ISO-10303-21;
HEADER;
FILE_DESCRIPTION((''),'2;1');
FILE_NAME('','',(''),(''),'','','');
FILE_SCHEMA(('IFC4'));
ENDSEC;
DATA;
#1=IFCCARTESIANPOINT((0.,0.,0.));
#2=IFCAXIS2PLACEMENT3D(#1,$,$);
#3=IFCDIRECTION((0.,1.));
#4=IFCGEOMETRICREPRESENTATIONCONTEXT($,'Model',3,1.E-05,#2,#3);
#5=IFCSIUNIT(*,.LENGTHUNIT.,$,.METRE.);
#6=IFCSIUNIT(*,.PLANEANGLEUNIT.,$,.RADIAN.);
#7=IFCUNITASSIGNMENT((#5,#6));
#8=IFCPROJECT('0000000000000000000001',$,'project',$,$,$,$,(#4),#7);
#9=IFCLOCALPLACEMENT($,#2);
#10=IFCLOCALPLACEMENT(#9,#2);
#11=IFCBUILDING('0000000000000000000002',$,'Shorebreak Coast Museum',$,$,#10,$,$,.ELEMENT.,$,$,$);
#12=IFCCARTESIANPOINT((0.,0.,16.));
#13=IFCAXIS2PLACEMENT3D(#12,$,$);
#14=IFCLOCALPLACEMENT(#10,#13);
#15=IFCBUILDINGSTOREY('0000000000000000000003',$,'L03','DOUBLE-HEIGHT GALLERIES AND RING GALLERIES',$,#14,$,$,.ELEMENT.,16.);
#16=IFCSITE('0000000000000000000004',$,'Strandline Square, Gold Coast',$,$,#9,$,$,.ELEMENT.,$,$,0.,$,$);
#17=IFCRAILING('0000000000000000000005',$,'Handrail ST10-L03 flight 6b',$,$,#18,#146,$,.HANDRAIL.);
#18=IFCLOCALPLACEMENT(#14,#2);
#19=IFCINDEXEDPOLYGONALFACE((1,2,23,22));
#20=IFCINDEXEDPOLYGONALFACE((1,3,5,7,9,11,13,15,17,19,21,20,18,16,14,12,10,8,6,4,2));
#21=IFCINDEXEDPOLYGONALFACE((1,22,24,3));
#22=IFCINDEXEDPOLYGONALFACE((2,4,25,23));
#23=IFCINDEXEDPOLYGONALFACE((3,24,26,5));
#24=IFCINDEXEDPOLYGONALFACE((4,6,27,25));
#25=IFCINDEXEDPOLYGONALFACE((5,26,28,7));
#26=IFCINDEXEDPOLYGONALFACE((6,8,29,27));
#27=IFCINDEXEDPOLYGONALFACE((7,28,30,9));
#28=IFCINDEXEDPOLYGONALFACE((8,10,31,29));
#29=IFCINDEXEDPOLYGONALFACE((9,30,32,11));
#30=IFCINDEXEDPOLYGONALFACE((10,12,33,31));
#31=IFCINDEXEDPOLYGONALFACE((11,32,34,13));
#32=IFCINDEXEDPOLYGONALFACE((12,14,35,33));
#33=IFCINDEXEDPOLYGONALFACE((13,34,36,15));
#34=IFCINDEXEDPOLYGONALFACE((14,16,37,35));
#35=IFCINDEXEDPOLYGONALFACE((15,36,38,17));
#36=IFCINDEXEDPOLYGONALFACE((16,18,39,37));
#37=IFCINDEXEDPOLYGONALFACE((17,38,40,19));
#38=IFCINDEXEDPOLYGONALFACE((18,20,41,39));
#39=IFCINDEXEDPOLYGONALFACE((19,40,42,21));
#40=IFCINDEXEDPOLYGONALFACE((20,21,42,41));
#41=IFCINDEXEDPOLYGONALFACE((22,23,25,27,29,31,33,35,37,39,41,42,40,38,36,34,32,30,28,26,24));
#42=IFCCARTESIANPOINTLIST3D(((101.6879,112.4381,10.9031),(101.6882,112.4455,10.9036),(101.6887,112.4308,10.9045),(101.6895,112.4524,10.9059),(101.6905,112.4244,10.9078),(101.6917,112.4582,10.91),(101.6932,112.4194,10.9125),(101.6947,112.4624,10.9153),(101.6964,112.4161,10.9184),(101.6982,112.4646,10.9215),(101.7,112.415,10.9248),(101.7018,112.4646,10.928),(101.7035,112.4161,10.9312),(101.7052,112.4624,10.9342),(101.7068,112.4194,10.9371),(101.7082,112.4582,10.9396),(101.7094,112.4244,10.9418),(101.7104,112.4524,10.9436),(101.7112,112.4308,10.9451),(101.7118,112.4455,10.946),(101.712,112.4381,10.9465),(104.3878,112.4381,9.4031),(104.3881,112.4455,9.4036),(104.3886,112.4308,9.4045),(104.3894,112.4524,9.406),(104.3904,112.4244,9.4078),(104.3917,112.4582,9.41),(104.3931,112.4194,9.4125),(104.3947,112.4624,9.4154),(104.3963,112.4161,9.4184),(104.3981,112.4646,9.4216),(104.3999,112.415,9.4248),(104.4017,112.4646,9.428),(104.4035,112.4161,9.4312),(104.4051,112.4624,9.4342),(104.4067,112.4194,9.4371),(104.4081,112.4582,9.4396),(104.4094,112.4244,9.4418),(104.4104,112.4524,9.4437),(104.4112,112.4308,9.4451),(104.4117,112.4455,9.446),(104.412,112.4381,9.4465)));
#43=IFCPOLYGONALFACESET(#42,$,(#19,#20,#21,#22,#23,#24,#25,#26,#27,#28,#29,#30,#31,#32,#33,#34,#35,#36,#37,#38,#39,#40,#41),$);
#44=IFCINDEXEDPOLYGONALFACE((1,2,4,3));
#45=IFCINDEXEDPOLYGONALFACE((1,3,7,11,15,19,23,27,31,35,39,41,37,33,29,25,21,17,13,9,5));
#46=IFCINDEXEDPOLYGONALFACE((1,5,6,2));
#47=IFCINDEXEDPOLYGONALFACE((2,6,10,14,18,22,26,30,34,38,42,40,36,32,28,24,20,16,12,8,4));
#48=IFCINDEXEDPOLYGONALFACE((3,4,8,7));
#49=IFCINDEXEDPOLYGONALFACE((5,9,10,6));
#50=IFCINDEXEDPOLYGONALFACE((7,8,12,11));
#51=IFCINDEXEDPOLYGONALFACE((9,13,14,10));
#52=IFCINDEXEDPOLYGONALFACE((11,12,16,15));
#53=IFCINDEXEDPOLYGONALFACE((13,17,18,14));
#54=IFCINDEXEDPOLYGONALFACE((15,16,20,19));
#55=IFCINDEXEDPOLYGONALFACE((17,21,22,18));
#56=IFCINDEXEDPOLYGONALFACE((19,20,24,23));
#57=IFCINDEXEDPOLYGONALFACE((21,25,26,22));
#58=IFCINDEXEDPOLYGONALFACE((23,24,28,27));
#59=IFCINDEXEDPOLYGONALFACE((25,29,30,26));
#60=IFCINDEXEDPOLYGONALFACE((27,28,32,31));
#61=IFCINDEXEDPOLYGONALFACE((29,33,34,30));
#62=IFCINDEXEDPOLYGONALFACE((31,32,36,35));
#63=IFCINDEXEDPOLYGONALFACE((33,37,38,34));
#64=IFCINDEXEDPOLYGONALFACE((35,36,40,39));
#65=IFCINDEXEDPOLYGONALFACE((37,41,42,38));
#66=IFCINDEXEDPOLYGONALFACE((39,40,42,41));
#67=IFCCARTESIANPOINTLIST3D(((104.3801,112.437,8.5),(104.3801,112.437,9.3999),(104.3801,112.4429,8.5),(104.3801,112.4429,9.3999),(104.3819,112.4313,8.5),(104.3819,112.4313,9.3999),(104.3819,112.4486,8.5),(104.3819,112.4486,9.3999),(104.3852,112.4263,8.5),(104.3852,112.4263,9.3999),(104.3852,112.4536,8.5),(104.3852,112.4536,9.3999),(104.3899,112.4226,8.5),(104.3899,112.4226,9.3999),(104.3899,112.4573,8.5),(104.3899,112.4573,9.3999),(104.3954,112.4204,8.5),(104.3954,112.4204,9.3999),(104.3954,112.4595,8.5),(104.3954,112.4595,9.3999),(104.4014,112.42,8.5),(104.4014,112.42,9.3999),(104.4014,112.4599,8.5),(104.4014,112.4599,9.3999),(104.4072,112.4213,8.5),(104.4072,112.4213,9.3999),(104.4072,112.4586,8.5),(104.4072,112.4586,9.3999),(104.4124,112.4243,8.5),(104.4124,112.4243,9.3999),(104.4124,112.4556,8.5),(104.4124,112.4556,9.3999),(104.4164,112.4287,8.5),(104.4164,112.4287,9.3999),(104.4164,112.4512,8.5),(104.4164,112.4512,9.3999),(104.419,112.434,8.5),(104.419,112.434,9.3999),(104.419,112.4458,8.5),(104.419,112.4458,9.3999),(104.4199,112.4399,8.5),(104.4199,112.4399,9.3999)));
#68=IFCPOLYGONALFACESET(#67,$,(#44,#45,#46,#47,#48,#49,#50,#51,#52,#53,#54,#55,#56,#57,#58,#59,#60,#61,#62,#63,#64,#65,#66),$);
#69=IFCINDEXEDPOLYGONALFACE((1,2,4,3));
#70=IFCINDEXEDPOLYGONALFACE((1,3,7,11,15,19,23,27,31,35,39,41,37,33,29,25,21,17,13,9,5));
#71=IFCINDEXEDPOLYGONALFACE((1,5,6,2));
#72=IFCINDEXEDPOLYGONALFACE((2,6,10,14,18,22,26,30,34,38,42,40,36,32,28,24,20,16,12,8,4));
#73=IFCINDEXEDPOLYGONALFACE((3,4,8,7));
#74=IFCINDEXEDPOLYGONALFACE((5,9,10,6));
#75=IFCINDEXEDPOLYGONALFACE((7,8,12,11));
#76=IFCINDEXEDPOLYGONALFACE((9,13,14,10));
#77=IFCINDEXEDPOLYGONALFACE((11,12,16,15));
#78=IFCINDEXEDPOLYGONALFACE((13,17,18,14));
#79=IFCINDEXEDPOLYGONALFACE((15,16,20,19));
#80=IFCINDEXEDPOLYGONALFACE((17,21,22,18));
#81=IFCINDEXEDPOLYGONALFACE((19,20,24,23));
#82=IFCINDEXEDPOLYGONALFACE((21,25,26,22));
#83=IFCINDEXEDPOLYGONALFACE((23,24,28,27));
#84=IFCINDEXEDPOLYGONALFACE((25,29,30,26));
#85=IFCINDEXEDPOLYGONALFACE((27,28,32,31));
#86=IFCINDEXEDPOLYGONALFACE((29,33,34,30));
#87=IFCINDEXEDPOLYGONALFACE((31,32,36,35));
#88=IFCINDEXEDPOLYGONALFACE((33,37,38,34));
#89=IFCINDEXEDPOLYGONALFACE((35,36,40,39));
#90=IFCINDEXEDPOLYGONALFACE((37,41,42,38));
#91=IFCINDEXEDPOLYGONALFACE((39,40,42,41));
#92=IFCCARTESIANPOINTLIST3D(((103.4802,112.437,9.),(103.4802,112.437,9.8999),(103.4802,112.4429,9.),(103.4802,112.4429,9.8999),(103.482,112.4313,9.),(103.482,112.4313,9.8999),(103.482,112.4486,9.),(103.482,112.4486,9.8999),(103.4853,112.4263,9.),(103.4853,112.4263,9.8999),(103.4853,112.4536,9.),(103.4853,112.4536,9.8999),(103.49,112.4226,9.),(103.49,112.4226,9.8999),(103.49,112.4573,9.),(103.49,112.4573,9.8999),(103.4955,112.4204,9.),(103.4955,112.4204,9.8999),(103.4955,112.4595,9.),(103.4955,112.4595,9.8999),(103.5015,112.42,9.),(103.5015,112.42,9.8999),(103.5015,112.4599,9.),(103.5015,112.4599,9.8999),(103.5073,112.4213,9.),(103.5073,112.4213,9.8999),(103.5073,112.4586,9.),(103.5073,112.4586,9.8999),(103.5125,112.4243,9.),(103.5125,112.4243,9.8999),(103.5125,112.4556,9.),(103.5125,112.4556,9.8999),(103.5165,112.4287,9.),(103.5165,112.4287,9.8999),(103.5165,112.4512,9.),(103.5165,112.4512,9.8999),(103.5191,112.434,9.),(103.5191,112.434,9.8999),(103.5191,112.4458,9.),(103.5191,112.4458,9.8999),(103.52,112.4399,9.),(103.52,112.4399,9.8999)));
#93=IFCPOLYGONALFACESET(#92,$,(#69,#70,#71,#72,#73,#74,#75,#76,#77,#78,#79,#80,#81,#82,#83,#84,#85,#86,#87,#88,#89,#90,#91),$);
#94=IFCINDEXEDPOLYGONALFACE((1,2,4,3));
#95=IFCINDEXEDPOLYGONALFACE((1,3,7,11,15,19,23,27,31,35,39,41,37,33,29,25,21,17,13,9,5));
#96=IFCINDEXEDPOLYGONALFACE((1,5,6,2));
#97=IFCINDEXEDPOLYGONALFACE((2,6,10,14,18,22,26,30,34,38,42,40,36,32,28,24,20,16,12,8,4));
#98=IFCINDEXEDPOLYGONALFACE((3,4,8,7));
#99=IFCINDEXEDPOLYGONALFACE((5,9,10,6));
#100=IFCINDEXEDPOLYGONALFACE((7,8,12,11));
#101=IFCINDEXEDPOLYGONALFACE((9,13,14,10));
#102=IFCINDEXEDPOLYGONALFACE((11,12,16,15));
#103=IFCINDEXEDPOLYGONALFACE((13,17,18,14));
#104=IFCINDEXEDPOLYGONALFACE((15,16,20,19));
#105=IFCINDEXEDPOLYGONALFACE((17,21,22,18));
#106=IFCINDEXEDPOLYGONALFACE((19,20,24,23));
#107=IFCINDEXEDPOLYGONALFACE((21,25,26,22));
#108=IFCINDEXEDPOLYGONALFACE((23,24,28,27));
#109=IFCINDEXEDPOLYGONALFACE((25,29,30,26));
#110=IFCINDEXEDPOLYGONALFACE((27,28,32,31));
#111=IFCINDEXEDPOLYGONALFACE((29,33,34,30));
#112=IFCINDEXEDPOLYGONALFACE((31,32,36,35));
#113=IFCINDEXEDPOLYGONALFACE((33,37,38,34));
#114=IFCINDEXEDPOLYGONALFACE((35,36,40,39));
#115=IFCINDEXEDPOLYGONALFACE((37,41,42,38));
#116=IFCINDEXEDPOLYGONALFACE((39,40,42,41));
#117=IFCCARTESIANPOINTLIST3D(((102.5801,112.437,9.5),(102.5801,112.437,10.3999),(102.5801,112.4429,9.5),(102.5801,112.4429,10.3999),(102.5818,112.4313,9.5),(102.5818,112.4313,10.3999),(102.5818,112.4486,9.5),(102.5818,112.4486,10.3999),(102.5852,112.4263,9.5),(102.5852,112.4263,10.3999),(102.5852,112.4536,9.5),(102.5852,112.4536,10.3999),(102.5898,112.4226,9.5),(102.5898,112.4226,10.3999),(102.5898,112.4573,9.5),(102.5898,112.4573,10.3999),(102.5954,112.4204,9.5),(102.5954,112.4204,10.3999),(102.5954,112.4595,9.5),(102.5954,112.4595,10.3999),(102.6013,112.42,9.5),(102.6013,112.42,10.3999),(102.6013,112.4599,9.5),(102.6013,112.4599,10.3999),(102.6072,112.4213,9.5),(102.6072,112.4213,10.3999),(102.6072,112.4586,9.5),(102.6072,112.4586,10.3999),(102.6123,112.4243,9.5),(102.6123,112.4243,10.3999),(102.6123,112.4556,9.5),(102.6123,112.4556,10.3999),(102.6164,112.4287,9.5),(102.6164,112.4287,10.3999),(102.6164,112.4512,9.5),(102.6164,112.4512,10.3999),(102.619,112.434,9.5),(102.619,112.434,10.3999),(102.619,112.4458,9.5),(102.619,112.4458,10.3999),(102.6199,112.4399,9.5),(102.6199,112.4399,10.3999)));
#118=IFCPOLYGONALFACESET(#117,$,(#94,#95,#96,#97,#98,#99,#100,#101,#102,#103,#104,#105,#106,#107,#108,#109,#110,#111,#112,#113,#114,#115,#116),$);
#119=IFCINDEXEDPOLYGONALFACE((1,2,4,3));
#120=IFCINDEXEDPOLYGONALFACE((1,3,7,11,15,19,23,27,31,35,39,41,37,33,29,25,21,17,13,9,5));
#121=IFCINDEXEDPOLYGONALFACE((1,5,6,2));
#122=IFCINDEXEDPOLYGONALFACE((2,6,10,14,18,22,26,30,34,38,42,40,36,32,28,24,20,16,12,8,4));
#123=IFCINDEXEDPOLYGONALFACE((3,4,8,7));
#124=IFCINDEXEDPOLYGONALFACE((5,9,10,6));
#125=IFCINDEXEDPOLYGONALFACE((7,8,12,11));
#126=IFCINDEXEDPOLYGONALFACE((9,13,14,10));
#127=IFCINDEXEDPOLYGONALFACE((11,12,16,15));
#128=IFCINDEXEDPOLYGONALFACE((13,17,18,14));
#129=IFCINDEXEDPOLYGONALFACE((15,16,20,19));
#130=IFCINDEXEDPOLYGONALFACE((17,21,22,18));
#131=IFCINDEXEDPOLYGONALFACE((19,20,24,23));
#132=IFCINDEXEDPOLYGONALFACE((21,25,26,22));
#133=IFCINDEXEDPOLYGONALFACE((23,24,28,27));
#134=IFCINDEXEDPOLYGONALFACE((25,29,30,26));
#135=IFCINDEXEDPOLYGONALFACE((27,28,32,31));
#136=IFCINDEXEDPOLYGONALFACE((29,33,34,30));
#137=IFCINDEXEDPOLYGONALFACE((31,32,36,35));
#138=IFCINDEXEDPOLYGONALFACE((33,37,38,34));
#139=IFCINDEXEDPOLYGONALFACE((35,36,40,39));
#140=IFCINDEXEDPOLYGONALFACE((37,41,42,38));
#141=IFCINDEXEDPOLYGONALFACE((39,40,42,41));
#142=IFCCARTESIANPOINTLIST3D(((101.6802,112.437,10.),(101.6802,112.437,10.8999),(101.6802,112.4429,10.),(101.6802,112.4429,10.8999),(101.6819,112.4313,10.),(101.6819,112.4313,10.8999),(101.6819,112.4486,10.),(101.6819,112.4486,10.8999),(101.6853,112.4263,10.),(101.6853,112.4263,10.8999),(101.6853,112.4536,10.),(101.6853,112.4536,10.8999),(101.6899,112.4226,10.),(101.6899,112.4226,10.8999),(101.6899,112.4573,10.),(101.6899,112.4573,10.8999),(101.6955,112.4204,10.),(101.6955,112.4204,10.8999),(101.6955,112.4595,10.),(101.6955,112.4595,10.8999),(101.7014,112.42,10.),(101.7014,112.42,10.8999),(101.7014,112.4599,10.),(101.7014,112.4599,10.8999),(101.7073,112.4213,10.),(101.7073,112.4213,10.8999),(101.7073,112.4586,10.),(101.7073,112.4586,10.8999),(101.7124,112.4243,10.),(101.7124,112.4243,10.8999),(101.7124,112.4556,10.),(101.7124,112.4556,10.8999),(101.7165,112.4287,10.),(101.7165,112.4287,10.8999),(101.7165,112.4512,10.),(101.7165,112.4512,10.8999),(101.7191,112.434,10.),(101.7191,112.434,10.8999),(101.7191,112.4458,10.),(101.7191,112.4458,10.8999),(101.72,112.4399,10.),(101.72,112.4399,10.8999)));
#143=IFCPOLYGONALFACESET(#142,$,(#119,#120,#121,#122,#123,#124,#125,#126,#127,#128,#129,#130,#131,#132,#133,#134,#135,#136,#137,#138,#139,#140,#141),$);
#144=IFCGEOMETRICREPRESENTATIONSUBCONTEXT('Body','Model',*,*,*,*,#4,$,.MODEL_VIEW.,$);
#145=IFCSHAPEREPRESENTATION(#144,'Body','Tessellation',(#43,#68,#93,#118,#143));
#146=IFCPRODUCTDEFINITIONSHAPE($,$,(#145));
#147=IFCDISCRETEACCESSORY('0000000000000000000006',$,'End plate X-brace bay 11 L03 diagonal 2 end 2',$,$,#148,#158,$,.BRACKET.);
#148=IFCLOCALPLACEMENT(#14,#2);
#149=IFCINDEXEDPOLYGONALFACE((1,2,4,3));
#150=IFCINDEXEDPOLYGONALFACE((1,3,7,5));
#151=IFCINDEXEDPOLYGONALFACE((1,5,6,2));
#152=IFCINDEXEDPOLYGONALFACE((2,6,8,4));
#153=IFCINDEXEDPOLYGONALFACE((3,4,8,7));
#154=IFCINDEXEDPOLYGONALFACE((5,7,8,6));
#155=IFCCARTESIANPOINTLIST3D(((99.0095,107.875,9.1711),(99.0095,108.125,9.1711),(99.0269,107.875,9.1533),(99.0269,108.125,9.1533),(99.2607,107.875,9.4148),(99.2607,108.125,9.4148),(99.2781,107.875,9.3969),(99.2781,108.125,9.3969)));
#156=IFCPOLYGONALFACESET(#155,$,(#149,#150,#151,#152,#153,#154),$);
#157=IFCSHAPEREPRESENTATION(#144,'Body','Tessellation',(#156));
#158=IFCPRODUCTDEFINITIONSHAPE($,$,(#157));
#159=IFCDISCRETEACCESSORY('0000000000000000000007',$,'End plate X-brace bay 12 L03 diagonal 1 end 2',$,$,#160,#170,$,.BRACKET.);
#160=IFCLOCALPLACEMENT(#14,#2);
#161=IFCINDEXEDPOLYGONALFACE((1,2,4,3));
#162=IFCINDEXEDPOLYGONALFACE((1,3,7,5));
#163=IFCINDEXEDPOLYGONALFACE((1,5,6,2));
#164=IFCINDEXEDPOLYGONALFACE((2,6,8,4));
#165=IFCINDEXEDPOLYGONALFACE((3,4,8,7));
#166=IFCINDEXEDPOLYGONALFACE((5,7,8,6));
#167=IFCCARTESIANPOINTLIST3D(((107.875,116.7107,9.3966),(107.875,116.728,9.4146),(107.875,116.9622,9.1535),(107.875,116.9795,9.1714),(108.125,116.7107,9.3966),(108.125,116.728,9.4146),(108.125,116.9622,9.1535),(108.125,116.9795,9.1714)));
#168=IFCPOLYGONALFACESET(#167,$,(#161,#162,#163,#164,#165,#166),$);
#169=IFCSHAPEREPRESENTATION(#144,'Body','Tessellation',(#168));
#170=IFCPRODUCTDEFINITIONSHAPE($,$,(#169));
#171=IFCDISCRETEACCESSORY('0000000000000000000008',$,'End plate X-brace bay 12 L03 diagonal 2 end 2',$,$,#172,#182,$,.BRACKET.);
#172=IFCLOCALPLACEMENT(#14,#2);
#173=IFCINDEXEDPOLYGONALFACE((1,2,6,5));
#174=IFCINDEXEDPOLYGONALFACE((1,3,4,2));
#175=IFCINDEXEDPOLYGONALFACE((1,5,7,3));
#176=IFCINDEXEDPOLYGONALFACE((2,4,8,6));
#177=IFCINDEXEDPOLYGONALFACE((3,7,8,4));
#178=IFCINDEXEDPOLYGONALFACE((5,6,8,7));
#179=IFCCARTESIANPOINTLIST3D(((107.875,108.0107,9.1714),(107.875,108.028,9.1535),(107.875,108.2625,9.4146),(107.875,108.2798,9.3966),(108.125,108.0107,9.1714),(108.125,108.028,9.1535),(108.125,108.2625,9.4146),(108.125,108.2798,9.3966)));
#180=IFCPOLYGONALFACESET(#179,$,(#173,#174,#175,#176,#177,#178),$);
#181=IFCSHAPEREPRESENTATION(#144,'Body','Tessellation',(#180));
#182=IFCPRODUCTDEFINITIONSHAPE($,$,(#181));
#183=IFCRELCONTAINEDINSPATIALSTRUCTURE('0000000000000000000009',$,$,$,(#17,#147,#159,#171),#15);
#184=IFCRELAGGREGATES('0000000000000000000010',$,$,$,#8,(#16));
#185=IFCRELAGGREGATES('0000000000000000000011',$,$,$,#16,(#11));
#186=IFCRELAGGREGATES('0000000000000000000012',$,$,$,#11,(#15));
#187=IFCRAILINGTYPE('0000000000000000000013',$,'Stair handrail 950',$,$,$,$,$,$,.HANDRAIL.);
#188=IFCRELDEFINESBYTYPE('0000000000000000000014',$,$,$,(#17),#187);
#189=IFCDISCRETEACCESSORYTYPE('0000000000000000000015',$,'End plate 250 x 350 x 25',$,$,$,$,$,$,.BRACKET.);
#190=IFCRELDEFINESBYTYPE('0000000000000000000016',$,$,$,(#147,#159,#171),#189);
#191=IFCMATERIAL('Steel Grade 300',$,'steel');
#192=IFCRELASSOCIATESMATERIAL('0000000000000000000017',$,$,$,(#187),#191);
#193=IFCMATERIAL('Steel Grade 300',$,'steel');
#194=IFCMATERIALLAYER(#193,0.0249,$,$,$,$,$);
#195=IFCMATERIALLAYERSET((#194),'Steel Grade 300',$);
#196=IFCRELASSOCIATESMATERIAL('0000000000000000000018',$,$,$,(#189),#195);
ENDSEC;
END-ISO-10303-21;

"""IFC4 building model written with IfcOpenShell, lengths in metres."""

from ifc_helpers import new_model, si_unit, direction, frame, origin, origin_2d, place, context, subcontext, project, spatial, polyline, circle, outline, extrude, material, layer, layer_set, type_object, element, save


model = new_model("IFC4")

# Units and contexts
model_context = context("Model", 3, precision=1e-05, world=origin(), true_north=direction((0.0, 1.0)))
body_context = subcontext(model_context, "Body", "Model", "MODEL_VIEW")
ifc_project = project(units=[si_unit("LENGTHUNIT", "METRE"), si_unit("PLANEANGLEUNIT", "RADIAN")], contexts=[model_context])

# Site, building, storey
site_placement = place(None, origin())
site = spatial("IfcSite", under=ifc_project, at=site_placement, Name="Strandline Square, Gold Coast", CompositionType="ELEMENT", RefElevation=0.0)
building_placement = place(site_placement, origin())
building = spatial("IfcBuilding", under=site, at=building_placement, Name="Shorebreak Coast Museum", CompositionType="ELEMENT")
storey_placement = place(building_placement, frame((0.0, 0.0, 16.0)))
storey = spatial("IfcBuildingStorey", under=building, at=storey_placement, Name="L03", Description="DOUBLE-HEIGHT GALLERIES AND RING GALLERIES", CompositionType="ELEMENT", Elevation=16.0)

# Railing
ifc_material_1 = material(Name="Steel Grade 300", Category="steel")
railing_type_1 = type_object("IfcRailingType", Name="Stair handrail 950", PredefinedType="HANDRAIL", material=ifc_material_1)
for number, where, name in (
    (1, (104.3999, 112.4399, 8.5), "Handrail ST10-L03 flight 6b"),
):
    element("IfcRailing", number, at=place(storey_placement, frame(where)), inside=storey, type_object=railing_type_1, Name=name, PredefinedType="HANDRAIL", context=body_context, shape_type="SweptSolid", body=[
        extrude(circle(Radius=0.0249, at=origin_2d()), frame((0.0, 0.0, 0.9248), z_axis=(-0.874154, 0.0, 0.48565), x_axis=(0.0, -1.0, 0.0)), (0.0, 0.0, 1.0), 3.0886),
        extrude(circle(Radius=0.02, at=origin_2d()), origin(), (0.0, 0.0, 1.0), 0.8999),
        extrude(circle(Radius=0.02, at=origin_2d()), frame((-0.8999, 0.0, 0.5)), (0.0, 0.0, 1.0), 0.8999),
        extrude(circle(Radius=0.02, at=origin_2d()), frame((-1.8, 0.0, 1.0)), (0.0, 0.0, 1.0), 0.8999),
        extrude(circle(Radius=0.02, at=origin_2d()), frame((-2.7, 0.0, 1.5)), (0.0, 0.0, 1.0), 0.8999),
    ])

# Discrete accessories
ifc_material_2 = material(Name="Steel Grade 300", Category="steel")
ifc_layer = layer(ifc_material_2, 0.0249)
ifc_layer_set = layer_set([ifc_layer], Name="Steel Grade 300")
discrete_accessory_type = type_object("IfcDiscreteAccessoryType", Name="End plate 250 x 350 x 25", PredefinedType="BRACKET", material=ifc_layer_set)
discrete_accessory_1_placement = place(storey_placement, frame((99.0095, 108.125, 9.1711), z_axis=(-0.696211, 0.0, 0.717837), x_axis=(0.0, -1.0, 0.0)))
element("IfcDiscreteAccessory", 2, at=discrete_accessory_1_placement, inside=storey, type_object=discrete_accessory_type, Name="End plate X-brace bay 11 L03 diagonal 2 end 2", PredefinedType="BRACKET", context=body_context, shape_type="SweptSolid", body=[
    extrude(outline(polyline([(0.0, 0.0), (0.25, 0.0), (0.25, 0.35), (0.0, 0.35), (0.0, 0.0)])), origin(), (0.0, 0.0, -1.0), 0.0249),
])
discrete_accessory_2_placement = place(storey_placement, frame((108.125, 116.9795, 9.1714), z_axis=(0.0, 0.695142, 0.718872), x_axis=(-1.0, 0.0, 0.0)))
element("IfcDiscreteAccessory", 3, at=discrete_accessory_2_placement, inside=storey, type_object=discrete_accessory_type, Name="End plate X-brace bay 12 L03 diagonal 1 end 2", PredefinedType="BRACKET", context=body_context, shape_type="SweptSolid", body=[
    extrude(outline(polyline([(0.0, 0.0), (0.25, 0.0), (0.25, 0.3498), (0.0, 0.3498), (0.0, 0.0)])), origin(), (0.0, 0.0, -1.0), 0.0249),
])
discrete_accessory_3_placement = place(storey_placement, frame((107.875, 108.0107, 9.1714), z_axis=(0.0, -0.694794, 0.719209), x_axis=(1.0, 0.0, 0.0)))
element("IfcDiscreteAccessory", 4, at=discrete_accessory_3_placement, inside=storey, type_object=discrete_accessory_type, Name="End plate X-brace bay 12 L03 diagonal 2 end 2", PredefinedType="BRACKET", context=body_context, shape_type="SweptSolid", body=[
    extrude(outline(polyline([(0.0, 0.0), (0.25, 0.0), (0.25, 0.35), (0.0, 0.35), (0.0, 0.0)])), origin(), (0.0, 0.0, -1.0), 0.0249),
])

save(model, "model.ifc")
